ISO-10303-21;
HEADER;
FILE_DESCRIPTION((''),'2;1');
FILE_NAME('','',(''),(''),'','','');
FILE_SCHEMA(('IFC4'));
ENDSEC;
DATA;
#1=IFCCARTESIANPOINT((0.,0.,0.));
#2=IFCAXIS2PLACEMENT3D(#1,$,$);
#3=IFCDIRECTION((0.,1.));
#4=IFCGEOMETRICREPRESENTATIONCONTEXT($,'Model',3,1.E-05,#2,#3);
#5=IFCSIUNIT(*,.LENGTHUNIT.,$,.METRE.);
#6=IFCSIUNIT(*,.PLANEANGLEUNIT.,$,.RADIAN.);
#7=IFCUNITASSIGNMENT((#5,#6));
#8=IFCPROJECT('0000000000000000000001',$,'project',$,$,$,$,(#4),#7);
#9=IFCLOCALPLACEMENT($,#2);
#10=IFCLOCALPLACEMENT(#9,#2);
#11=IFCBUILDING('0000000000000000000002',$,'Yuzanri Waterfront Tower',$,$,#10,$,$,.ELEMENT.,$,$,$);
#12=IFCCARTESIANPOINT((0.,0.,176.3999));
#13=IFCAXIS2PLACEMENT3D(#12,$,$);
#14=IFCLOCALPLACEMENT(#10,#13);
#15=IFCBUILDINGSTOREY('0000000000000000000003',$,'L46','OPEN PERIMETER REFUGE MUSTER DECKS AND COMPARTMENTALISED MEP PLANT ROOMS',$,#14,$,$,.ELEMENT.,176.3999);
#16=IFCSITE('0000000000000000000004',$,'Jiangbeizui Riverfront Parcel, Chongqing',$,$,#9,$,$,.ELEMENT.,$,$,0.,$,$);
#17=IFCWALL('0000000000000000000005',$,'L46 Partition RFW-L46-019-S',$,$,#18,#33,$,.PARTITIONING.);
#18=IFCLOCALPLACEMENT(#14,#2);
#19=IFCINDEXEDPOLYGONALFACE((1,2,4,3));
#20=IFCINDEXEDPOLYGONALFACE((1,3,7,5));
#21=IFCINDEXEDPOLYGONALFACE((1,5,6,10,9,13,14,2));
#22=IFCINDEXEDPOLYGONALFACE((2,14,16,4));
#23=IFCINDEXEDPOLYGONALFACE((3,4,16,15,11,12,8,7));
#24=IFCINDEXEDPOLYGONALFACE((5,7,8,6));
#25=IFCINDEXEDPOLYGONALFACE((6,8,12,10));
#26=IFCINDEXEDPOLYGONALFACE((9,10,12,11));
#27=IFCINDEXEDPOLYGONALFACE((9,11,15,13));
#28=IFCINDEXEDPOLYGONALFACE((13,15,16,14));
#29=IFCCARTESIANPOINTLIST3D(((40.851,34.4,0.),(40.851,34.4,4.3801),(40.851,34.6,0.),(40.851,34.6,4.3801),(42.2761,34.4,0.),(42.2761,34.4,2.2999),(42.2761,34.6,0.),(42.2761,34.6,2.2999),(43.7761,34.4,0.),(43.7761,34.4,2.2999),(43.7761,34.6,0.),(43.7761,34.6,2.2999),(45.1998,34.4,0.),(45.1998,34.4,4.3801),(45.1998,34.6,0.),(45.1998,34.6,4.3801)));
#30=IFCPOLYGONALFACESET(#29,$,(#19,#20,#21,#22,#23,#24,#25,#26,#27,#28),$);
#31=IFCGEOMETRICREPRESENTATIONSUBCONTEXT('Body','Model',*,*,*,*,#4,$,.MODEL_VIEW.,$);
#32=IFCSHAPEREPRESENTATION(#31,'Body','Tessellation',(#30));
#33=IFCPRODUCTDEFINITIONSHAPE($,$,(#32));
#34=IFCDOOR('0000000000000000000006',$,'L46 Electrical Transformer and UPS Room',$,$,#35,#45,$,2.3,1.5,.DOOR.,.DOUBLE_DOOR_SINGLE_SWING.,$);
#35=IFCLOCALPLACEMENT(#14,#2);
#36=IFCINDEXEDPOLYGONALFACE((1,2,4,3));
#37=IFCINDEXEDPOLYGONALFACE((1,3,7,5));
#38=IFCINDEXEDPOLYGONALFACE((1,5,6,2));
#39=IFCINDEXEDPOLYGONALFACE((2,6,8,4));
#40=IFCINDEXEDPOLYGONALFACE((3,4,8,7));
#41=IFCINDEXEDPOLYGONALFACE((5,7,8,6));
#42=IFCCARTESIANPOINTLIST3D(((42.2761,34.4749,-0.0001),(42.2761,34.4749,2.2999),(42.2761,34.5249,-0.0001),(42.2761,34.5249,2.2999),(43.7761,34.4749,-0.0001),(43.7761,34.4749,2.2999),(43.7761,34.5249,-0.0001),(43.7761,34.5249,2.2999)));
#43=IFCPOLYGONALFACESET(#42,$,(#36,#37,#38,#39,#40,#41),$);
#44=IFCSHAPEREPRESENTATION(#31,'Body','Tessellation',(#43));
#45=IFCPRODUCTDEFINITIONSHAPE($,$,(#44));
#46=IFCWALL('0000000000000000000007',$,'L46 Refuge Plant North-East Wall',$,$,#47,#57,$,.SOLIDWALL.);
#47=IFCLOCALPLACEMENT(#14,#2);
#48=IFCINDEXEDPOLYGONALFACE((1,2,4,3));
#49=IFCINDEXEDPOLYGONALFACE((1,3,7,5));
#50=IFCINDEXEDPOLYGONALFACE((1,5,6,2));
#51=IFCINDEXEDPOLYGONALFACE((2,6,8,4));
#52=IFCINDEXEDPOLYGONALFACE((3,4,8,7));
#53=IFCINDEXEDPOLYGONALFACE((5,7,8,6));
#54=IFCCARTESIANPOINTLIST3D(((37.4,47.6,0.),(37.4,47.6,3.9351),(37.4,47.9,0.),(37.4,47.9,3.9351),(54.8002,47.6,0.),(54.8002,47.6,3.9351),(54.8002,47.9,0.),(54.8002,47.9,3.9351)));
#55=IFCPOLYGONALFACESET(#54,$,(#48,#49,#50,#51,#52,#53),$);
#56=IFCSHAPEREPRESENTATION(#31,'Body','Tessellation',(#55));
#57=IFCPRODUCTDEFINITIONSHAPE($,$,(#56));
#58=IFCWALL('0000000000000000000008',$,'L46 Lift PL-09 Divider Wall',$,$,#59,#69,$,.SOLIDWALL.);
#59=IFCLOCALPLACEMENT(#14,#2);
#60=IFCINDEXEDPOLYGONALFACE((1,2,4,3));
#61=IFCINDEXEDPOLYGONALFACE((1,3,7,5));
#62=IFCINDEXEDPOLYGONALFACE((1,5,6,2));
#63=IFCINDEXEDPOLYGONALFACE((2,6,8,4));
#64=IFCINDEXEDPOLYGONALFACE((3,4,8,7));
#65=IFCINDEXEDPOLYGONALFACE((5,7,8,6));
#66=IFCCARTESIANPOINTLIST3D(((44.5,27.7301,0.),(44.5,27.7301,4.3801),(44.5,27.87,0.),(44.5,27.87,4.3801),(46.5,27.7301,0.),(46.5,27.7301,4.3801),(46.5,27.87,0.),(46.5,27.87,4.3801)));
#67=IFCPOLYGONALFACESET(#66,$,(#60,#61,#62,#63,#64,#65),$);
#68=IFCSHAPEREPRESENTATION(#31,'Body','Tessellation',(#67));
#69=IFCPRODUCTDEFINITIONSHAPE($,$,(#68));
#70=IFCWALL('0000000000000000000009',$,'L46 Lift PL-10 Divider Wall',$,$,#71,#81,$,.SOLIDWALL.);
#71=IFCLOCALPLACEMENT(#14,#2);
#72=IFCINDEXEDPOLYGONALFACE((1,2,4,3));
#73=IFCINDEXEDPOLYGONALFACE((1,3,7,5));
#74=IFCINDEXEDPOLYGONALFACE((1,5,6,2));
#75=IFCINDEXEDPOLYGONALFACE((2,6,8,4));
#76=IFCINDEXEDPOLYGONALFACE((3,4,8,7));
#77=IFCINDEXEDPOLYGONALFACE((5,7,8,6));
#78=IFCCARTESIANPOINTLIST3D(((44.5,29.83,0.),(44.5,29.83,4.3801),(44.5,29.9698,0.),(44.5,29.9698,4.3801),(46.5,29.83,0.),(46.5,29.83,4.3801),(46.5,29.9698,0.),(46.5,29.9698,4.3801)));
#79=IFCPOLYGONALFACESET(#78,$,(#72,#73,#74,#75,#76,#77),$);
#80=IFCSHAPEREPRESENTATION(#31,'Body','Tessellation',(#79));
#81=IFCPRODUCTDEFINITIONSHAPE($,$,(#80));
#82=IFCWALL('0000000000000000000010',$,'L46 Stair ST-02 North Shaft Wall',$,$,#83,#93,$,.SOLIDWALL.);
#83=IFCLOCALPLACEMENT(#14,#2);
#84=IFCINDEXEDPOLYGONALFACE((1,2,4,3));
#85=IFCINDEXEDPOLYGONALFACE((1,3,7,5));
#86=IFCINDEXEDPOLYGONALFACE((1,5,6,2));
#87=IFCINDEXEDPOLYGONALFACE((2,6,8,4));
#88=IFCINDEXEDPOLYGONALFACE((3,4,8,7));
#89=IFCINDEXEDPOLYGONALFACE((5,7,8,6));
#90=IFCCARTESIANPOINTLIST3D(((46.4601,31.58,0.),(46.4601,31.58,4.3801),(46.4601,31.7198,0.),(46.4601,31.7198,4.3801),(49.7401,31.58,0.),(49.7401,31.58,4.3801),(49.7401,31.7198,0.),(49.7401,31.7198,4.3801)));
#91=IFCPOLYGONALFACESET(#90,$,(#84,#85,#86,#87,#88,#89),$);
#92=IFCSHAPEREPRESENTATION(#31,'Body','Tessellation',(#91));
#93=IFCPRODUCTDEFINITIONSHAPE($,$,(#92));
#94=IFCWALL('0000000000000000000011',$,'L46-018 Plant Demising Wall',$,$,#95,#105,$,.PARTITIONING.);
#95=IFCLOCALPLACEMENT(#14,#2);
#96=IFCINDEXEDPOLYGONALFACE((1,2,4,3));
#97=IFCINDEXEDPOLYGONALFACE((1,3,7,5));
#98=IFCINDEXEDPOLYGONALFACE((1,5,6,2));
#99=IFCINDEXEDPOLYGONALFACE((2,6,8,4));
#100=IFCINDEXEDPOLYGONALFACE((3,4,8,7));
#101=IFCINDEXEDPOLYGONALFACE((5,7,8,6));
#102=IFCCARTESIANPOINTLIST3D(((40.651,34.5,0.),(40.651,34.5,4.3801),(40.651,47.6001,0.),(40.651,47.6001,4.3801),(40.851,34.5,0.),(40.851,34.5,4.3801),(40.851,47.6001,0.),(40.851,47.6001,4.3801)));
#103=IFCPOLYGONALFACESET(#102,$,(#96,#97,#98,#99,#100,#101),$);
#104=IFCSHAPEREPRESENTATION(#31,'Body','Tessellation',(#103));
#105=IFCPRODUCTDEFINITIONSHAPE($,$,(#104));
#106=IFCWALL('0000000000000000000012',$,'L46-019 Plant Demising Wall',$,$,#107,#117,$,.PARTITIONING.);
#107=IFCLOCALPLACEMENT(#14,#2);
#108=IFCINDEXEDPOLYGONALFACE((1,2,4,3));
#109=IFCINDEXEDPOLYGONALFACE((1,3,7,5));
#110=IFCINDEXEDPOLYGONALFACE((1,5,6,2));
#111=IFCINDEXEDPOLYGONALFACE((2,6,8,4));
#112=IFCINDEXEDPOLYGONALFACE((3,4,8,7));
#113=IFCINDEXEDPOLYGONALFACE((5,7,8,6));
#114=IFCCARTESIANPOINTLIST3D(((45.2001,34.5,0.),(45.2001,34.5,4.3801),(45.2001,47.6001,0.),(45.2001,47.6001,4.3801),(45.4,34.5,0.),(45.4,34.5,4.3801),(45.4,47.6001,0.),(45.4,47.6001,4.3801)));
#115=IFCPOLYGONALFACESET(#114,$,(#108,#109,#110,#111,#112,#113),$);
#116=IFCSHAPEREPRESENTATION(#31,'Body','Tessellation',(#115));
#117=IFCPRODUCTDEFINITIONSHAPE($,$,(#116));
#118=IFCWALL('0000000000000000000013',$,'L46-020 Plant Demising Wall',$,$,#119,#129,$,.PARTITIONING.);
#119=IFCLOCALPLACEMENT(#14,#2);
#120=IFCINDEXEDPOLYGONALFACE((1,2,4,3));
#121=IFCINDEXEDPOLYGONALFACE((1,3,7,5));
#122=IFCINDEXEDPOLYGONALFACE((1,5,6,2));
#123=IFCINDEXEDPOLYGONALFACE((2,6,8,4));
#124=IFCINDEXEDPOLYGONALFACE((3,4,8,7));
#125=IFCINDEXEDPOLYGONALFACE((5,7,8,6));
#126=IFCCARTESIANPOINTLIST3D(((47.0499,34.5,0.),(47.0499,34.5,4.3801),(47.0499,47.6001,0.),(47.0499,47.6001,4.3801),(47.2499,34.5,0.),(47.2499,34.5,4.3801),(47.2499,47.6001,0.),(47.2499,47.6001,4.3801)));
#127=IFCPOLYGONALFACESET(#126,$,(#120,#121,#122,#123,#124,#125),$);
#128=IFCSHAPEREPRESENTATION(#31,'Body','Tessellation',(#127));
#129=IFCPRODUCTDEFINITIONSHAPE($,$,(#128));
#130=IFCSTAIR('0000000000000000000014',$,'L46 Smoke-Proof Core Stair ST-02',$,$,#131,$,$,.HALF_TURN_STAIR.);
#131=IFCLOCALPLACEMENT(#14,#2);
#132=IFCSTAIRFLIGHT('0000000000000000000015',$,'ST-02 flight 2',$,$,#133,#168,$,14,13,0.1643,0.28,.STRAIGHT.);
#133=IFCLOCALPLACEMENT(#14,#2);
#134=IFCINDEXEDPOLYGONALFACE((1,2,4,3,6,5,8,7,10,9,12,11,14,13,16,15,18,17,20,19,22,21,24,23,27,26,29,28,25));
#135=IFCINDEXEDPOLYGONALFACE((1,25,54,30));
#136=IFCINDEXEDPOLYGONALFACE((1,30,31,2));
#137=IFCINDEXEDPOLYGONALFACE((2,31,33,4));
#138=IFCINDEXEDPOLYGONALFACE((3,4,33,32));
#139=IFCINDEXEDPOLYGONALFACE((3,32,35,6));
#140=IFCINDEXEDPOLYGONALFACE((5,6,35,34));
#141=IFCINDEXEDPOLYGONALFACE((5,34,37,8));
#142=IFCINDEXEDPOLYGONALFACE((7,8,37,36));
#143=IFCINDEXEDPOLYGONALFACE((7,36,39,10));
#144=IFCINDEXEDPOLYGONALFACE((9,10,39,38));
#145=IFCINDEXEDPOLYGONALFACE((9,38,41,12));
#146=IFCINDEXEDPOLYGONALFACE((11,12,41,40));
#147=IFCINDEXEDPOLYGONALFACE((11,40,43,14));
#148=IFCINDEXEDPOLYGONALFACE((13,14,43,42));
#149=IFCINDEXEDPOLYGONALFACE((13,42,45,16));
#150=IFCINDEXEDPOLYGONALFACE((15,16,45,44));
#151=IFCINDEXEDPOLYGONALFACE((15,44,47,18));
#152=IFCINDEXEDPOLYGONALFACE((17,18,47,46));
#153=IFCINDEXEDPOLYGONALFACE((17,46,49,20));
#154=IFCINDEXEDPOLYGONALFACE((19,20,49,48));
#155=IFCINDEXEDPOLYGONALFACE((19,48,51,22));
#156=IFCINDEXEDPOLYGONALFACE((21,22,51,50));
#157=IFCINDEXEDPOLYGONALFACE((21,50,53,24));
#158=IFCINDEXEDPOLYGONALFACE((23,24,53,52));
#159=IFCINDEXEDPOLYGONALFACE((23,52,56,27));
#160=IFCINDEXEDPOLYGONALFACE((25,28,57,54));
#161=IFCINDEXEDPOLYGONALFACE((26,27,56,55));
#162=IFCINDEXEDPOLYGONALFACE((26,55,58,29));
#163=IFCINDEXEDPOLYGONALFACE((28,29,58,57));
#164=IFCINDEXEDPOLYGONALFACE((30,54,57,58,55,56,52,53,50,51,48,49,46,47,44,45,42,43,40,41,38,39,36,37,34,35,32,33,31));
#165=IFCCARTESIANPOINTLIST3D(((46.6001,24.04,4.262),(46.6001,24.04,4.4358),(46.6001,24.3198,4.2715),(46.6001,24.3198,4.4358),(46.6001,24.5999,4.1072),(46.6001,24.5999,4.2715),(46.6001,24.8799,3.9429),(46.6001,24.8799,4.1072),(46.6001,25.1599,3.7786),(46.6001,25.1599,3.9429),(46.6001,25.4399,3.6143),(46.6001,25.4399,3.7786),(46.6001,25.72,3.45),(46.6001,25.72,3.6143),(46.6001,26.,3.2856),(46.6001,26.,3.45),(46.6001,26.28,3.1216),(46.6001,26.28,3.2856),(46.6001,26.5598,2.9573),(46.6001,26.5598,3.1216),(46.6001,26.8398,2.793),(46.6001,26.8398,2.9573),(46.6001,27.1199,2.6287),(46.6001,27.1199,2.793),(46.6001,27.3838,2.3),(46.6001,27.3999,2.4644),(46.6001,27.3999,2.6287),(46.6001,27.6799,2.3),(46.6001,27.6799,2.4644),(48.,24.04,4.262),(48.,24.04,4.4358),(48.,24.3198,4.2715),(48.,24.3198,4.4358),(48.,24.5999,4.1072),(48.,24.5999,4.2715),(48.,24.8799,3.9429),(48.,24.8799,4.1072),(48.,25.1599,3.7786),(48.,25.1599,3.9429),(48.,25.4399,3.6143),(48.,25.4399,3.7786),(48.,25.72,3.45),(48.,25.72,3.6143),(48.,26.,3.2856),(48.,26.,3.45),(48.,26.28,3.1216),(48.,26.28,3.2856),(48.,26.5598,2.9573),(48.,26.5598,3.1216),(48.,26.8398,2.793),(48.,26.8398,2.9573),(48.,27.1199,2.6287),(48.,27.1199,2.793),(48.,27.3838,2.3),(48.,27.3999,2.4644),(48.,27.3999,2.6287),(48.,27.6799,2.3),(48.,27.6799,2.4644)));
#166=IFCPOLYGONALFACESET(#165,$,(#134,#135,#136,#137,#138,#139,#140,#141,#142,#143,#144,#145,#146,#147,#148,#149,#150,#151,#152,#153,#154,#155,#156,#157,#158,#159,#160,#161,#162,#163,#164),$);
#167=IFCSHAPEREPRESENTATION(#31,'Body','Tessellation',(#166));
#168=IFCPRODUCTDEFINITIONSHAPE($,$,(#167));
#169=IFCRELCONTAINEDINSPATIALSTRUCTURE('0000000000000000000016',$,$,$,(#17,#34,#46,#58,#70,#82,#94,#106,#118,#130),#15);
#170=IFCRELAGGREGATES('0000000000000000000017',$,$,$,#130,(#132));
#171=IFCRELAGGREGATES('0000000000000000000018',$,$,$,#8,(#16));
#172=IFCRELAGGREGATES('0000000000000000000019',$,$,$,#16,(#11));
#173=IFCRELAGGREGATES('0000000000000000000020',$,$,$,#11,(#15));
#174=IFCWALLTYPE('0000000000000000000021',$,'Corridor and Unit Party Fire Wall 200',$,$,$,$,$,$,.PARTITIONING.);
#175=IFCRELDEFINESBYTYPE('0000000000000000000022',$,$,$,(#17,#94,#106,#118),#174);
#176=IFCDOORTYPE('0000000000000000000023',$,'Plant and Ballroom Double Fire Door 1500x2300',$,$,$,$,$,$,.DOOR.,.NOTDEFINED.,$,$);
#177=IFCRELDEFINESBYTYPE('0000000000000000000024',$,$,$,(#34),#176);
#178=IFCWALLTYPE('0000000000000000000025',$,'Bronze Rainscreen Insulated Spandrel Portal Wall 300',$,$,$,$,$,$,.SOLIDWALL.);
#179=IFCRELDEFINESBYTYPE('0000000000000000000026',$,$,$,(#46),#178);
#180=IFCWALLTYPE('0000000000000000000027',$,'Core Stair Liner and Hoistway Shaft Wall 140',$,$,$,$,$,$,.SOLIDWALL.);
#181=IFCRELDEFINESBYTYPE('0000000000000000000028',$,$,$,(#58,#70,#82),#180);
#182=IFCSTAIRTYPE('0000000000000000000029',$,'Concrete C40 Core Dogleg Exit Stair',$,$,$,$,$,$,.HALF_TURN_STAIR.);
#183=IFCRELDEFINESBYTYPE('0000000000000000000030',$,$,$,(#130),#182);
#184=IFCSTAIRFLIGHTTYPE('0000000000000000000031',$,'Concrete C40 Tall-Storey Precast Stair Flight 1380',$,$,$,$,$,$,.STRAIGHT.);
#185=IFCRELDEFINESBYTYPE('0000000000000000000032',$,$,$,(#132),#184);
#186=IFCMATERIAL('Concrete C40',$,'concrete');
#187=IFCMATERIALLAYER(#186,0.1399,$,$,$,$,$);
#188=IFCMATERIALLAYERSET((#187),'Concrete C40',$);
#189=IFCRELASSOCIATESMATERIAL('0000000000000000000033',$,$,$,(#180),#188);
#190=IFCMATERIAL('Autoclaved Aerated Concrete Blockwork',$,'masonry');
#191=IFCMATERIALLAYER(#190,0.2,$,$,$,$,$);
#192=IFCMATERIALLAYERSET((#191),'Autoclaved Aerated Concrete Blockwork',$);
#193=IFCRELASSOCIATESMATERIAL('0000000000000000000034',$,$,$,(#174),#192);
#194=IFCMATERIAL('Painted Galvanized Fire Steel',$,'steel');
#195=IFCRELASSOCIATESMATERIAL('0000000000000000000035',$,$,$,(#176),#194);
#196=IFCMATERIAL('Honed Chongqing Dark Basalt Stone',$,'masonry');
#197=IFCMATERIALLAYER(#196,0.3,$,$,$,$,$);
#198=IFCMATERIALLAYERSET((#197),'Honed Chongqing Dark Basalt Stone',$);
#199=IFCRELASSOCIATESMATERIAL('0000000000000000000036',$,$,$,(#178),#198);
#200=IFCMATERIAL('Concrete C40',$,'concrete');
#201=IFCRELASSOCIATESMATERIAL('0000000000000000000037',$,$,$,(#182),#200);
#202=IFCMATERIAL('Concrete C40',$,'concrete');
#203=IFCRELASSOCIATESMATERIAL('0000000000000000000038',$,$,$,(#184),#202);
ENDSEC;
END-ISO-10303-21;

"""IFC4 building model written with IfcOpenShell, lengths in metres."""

from ifc_helpers import new_model, si_unit, direction, frame, frame_2d, origin, place, context, subcontext, project, spatial, polyline, rectangle, outline, extrude, source, transform, mapped, material, layer, layer_set, type_object, element, fill, aggregate, save


model = new_model("IFC4")

# Units and contexts
model_context = context("Model", 3, precision=1e-05, world=origin(), true_north=direction((0.0, 1.0)))
body_context = subcontext(model_context, "Body", "Model", "MODEL_VIEW")
ifc_project = project(units=[si_unit("LENGTHUNIT", "METRE"), si_unit("PLANEANGLEUNIT", "RADIAN")], contexts=[model_context])

# Site, building, storey
site_placement = place(None, origin())
site = spatial("IfcSite", under=ifc_project, at=site_placement, Name="Jiangbeizui Riverfront Parcel, Chongqing", CompositionType="ELEMENT", RefElevation=0.0)
building_placement = place(site_placement, origin())
building = spatial("IfcBuilding", under=site, at=building_placement, Name="Yuzanri Waterfront Tower", CompositionType="ELEMENT")
storey_placement = place(building_placement, frame((0.0, 0.0, 176.3999)))
storey = spatial("IfcBuildingStorey", under=building, at=storey_placement, Name="L46", Description="OPEN PERIMETER REFUGE MUSTER DECKS AND COMPARTMENTALISED MEP PLANT ROOMS", CompositionType="ELEMENT", Elevation=176.3999)

# Wall, opening, door
ifc_material_1 = material(Name="Concrete C40", Category="concrete")
ifc_layer_1 = layer(ifc_material_1, 0.1399)
ifc_layer_set_1 = layer_set([ifc_layer_1], Name="Concrete C40")
wall_type_1 = type_object("IfcWallType", Name="Core Stair Liner and Hoistway Shaft Wall 140", PredefinedType="SOLIDWALL", material=ifc_layer_set_1)
ifc_material_2 = material(Name="Autoclaved Aerated Concrete Blockwork", Category="masonry")
ifc_layer_2 = layer(ifc_material_2, 0.2)
ifc_layer_set_2 = layer_set([ifc_layer_2], Name="Autoclaved Aerated Concrete Blockwork")
wall_type_2 = type_object("IfcWallType", Name="Corridor and Unit Party Fire Wall 200", PredefinedType="PARTITIONING", material=ifc_layer_set_2)
wall_1_placement = place(storey_placement, frame((40.8511, 34.5, 0.0), z_axis=(0.0, 0.0, 1.0), x_axis=(1.0, 0.0, 0.0)))
wall_1 = element("IfcWall", 1, at=wall_1_placement, inside=storey, type_object=wall_type_2, Name="L46 Partition RFW-L46-019-S", PredefinedType="PARTITIONING", context=body_context, shape_type="SweptSolid", body=[
    extrude(rectangle(XDim=4.3489, YDim=0.2, at=frame_2d((2.1743, 0.0))), origin(), (0.0, 0.0, 1.0), 4.3801),
])
opening_1_placement = place(wall_1_placement, frame((1.425, 0.0, 0.0)))
opening_1 = element("IfcOpeningElement", 2, at=opening_1_placement, cuts=wall_1, PredefinedType="OPENING", context=body_context, shape_type="SweptSolid", body=[
    extrude(rectangle(XDim=1.5, YDim=2.3, at=frame_2d((0.75, 1.1499))), frame((0.0, 0.1147, 0.0), z_axis=(0.0, -1.0, 0.0), x_axis=(1.0, 0.0, 0.0)), (0.0, 0.0, 1.0), 0.2297),
])
ifc_material_3 = material(Name="Painted Galvanized Fire Steel", Category="steel")
door_type_1 = type_object("IfcDoorType", Name="Plant and Ballroom Double Fire Door 1500x2300", OperationType="NOTDEFINED", PredefinedType="DOOR", material=ifc_material_3)
shared_shape_1 = source(origin(), body_context, "Body", "SweptSolid", [
    extrude(rectangle(XDim=1.5, YDim=2.3, at=frame_2d((0.75, 1.1499))), frame((0.0, 0.0249, 0.0), z_axis=(0.0, -1.0, 0.0), x_axis=(1.0, 0.0, 0.0)), (0.0, 0.0, 1.0), 0.05),
])
door_1_placement = place(opening_1_placement, origin())
door_1 = element("IfcDoor", 3, at=door_1_placement, inside=storey, type_object=door_type_1, Name="L46 Electrical Transformer and UPS Room", OperationType="DOUBLE_DOOR_SINGLE_SWING", OverallHeight=2.3, OverallWidth=1.5, PredefinedType="DOOR", context=body_context, shape_type="MappedRepresentation", body=[
    mapped(shared_shape_1, transform((0.0, 0.0, 0.0), scale=1.0)),
])
fill(opening_1, door_1)

# Walls
ifc_material_4 = material(Name="Honed Chongqing Dark Basalt Stone", Category="masonry")
ifc_layer_3 = layer(ifc_material_4, 0.3)
ifc_layer_set_3 = layer_set([ifc_layer_3], Name="Honed Chongqing Dark Basalt Stone")
wall_type_3 = type_object("IfcWallType", Name="Bronze Rainscreen Insulated Spandrel Portal Wall 300", PredefinedType="SOLIDWALL", material=ifc_layer_set_3)
shared_shape_2 = source(origin(), body_context, "Body", "SweptSolid", [
    extrude(rectangle(XDim=17.4001, YDim=0.3, at=frame_2d((8.7002, 0.0))), origin(), (0.0, 0.0, 1.0), 3.9351),
])
wall_2_placement = place(storey_placement, frame((37.3999, 47.75, 0.0), z_axis=(0.0, 0.0, 1.0), x_axis=(1.0, 0.0, 0.0)))
element("IfcWall", 4, at=wall_2_placement, inside=storey, type_object=wall_type_3, Name="L46 Refuge Plant North-East Wall", PredefinedType="SOLIDWALL", context=body_context, shape_type="MappedRepresentation", body=[
    mapped(shared_shape_2, transform((0.0, 0.0, 0.0), scale=1.0)),
])
shared_shape_3 = source(origin(), body_context, "Body", "SweptSolid", [
    extrude(rectangle(XDim=2.0, YDim=0.1399, at=frame_2d((1.0, 0.0))), origin(), (0.0, 0.0, 1.0), 4.3801),
])
for number, where, z_axis, x_axis, name in (
    (5, (44.5, 27.8, 0.0), (0.0, 0.0, 1.0), (1.0, 0.0, 0.0), "L46 Lift PL-09 Divider Wall"),
    (6, (44.5, 29.8999, 0.0), (0.0, 0.0, 1.0), (1.0, 0.0, 0.0), "L46 Lift PL-10 Divider Wall"),
):
    element("IfcWall", number, at=place(storey_placement, frame(where, z_axis=z_axis, x_axis=x_axis)), inside=storey, type_object=wall_type_1, Name=name, PredefinedType="SOLIDWALL", context=body_context, shape_type="MappedRepresentation", body=[
        mapped(shared_shape_3, transform((0.0, 0.0, 0.0), scale=1.0)),
    ])
shared_shape_4 = source(origin(), body_context, "Body", "SweptSolid", [
    extrude(rectangle(XDim=3.28, YDim=0.1399, at=frame_2d((1.6401, 0.0))), origin(), (0.0, 0.0, 1.0), 4.3801),
])
wall_3_placement = place(storey_placement, frame((46.46, 31.6499, 0.0), z_axis=(0.0, 0.0, 1.0), x_axis=(1.0, 0.0, 0.0)))
element("IfcWall", 7, at=wall_3_placement, inside=storey, type_object=wall_type_1, Name="L46 Stair ST-02 North Shaft Wall", PredefinedType="SOLIDWALL", context=body_context, shape_type="MappedRepresentation", body=[
    mapped(shared_shape_4, transform((0.0, 0.0, 0.0), scale=1.0)),
])
shared_shape_5 = source(origin(), body_context, "Body", "SweptSolid", [
    extrude(rectangle(XDim=13.1001, YDim=0.2, at=frame_2d((6.55, 0.0))), origin(), (0.0, 0.0, 1.0), 4.3801),
])
for number, where, z_axis, x_axis, name in (
    (8, (40.751, 34.5, 0.0), (0.0, 0.0, 1.0), (0.0, 1.0, 0.0), "L46-018 Plant Demising Wall"),
    (9, (45.3, 34.5, 0.0), (0.0, 0.0, 1.0), (0.0, 1.0, 0.0), "L46-019 Plant Demising Wall"),
    (10, (47.1499, 34.5, 0.0), (0.0, 0.0, 1.0), (0.0, 1.0, 0.0), "L46-020 Plant Demising Wall"),
):
    element("IfcWall", number, at=place(storey_placement, frame(where, z_axis=z_axis, x_axis=x_axis)), inside=storey, type_object=wall_type_2, Name=name, PredefinedType="PARTITIONING", context=body_context, shape_type="MappedRepresentation", body=[
        mapped(shared_shape_5, transform((0.0, 0.0, 0.0), scale=1.0)),
    ])

# Stair, stair flight
ifc_material_5 = material(Name="Concrete C40", Category="concrete")
stair_type = type_object("IfcStairType", Name="Concrete C40 Core Dogleg Exit Stair", PredefinedType="HALF_TURN_STAIR", material=ifc_material_5)
stair_1_placement = place(storey_placement, origin())
stair_1 = element("IfcStair", 11, at=stair_1_placement, inside=storey, type_object=stair_type, Name="L46 Smoke-Proof Core Stair ST-02", PredefinedType="HALF_TURN_STAIR")
ifc_material_6 = material(Name="Concrete C40", Category="concrete")
stair_flight_type = type_object("IfcStairFlightType", Name="Concrete C40 Tall-Storey Precast Stair Flight 1380", PredefinedType="STRAIGHT", material=ifc_material_6)
shared_shape_6 = source(origin(), body_context, "Body", "SweptSolid", [
    extrude(outline(polyline([(0.0, 0.0), (0.0, 0.1643), (0.28, 0.1643), (0.28, 0.3286), (0.5601, 0.3286), (0.5601, 0.4929), (0.8401, 0.4929), (0.8401, 0.6572), (1.1201, 0.6572), (1.1201, 0.8215), (1.3999, 0.8215), (1.3999, 0.9856), (1.6799, 0.9856), (1.6799, 1.1499), (1.96, 1.1499), (1.96, 1.3142), (2.24, 1.3142), (2.24, 1.4785), (2.52, 1.4785), (2.52, 1.6428), (2.8, 1.6428), (2.8, 1.8071), (3.0801, 1.8071), (3.0801, 1.9714), (3.3601, 1.9714), (3.3601, 2.1357), (3.6399, 2.1357), (3.6399, 2.3), (3.6399, 1.9619), (0.2961, 0.0), (0.0, 0.0)])), frame((0.0, 0.7, 0.0), z_axis=(0.0, -1.0, 0.0), x_axis=(1.0, 0.0, 0.0)), (0.0, 0.0, 1.0), 1.3999),
])
stair_flight_1_placement = place(storey_placement, frame((47.3, 27.6799, 2.3), z_axis=(0.0, 0.0, 1.0), x_axis=(0.0, -1.0, 0.0)))
stair_flight_1 = element("IfcStairFlight", 12, at=stair_flight_1_placement, type_object=stair_flight_type, Name="ST-02 flight 2", NumberOfRisers=14, NumberOfTreads=13, PredefinedType="STRAIGHT", RiserHeight=0.1643, TreadLength=0.28, context=body_context, shape_type="MappedRepresentation", body=[
    mapped(shared_shape_6, transform((0.0, 0.0, 0.0), scale=1.0)),
])
aggregate(stair_1, [stair_flight_1])

save(model, "model.ifc")
